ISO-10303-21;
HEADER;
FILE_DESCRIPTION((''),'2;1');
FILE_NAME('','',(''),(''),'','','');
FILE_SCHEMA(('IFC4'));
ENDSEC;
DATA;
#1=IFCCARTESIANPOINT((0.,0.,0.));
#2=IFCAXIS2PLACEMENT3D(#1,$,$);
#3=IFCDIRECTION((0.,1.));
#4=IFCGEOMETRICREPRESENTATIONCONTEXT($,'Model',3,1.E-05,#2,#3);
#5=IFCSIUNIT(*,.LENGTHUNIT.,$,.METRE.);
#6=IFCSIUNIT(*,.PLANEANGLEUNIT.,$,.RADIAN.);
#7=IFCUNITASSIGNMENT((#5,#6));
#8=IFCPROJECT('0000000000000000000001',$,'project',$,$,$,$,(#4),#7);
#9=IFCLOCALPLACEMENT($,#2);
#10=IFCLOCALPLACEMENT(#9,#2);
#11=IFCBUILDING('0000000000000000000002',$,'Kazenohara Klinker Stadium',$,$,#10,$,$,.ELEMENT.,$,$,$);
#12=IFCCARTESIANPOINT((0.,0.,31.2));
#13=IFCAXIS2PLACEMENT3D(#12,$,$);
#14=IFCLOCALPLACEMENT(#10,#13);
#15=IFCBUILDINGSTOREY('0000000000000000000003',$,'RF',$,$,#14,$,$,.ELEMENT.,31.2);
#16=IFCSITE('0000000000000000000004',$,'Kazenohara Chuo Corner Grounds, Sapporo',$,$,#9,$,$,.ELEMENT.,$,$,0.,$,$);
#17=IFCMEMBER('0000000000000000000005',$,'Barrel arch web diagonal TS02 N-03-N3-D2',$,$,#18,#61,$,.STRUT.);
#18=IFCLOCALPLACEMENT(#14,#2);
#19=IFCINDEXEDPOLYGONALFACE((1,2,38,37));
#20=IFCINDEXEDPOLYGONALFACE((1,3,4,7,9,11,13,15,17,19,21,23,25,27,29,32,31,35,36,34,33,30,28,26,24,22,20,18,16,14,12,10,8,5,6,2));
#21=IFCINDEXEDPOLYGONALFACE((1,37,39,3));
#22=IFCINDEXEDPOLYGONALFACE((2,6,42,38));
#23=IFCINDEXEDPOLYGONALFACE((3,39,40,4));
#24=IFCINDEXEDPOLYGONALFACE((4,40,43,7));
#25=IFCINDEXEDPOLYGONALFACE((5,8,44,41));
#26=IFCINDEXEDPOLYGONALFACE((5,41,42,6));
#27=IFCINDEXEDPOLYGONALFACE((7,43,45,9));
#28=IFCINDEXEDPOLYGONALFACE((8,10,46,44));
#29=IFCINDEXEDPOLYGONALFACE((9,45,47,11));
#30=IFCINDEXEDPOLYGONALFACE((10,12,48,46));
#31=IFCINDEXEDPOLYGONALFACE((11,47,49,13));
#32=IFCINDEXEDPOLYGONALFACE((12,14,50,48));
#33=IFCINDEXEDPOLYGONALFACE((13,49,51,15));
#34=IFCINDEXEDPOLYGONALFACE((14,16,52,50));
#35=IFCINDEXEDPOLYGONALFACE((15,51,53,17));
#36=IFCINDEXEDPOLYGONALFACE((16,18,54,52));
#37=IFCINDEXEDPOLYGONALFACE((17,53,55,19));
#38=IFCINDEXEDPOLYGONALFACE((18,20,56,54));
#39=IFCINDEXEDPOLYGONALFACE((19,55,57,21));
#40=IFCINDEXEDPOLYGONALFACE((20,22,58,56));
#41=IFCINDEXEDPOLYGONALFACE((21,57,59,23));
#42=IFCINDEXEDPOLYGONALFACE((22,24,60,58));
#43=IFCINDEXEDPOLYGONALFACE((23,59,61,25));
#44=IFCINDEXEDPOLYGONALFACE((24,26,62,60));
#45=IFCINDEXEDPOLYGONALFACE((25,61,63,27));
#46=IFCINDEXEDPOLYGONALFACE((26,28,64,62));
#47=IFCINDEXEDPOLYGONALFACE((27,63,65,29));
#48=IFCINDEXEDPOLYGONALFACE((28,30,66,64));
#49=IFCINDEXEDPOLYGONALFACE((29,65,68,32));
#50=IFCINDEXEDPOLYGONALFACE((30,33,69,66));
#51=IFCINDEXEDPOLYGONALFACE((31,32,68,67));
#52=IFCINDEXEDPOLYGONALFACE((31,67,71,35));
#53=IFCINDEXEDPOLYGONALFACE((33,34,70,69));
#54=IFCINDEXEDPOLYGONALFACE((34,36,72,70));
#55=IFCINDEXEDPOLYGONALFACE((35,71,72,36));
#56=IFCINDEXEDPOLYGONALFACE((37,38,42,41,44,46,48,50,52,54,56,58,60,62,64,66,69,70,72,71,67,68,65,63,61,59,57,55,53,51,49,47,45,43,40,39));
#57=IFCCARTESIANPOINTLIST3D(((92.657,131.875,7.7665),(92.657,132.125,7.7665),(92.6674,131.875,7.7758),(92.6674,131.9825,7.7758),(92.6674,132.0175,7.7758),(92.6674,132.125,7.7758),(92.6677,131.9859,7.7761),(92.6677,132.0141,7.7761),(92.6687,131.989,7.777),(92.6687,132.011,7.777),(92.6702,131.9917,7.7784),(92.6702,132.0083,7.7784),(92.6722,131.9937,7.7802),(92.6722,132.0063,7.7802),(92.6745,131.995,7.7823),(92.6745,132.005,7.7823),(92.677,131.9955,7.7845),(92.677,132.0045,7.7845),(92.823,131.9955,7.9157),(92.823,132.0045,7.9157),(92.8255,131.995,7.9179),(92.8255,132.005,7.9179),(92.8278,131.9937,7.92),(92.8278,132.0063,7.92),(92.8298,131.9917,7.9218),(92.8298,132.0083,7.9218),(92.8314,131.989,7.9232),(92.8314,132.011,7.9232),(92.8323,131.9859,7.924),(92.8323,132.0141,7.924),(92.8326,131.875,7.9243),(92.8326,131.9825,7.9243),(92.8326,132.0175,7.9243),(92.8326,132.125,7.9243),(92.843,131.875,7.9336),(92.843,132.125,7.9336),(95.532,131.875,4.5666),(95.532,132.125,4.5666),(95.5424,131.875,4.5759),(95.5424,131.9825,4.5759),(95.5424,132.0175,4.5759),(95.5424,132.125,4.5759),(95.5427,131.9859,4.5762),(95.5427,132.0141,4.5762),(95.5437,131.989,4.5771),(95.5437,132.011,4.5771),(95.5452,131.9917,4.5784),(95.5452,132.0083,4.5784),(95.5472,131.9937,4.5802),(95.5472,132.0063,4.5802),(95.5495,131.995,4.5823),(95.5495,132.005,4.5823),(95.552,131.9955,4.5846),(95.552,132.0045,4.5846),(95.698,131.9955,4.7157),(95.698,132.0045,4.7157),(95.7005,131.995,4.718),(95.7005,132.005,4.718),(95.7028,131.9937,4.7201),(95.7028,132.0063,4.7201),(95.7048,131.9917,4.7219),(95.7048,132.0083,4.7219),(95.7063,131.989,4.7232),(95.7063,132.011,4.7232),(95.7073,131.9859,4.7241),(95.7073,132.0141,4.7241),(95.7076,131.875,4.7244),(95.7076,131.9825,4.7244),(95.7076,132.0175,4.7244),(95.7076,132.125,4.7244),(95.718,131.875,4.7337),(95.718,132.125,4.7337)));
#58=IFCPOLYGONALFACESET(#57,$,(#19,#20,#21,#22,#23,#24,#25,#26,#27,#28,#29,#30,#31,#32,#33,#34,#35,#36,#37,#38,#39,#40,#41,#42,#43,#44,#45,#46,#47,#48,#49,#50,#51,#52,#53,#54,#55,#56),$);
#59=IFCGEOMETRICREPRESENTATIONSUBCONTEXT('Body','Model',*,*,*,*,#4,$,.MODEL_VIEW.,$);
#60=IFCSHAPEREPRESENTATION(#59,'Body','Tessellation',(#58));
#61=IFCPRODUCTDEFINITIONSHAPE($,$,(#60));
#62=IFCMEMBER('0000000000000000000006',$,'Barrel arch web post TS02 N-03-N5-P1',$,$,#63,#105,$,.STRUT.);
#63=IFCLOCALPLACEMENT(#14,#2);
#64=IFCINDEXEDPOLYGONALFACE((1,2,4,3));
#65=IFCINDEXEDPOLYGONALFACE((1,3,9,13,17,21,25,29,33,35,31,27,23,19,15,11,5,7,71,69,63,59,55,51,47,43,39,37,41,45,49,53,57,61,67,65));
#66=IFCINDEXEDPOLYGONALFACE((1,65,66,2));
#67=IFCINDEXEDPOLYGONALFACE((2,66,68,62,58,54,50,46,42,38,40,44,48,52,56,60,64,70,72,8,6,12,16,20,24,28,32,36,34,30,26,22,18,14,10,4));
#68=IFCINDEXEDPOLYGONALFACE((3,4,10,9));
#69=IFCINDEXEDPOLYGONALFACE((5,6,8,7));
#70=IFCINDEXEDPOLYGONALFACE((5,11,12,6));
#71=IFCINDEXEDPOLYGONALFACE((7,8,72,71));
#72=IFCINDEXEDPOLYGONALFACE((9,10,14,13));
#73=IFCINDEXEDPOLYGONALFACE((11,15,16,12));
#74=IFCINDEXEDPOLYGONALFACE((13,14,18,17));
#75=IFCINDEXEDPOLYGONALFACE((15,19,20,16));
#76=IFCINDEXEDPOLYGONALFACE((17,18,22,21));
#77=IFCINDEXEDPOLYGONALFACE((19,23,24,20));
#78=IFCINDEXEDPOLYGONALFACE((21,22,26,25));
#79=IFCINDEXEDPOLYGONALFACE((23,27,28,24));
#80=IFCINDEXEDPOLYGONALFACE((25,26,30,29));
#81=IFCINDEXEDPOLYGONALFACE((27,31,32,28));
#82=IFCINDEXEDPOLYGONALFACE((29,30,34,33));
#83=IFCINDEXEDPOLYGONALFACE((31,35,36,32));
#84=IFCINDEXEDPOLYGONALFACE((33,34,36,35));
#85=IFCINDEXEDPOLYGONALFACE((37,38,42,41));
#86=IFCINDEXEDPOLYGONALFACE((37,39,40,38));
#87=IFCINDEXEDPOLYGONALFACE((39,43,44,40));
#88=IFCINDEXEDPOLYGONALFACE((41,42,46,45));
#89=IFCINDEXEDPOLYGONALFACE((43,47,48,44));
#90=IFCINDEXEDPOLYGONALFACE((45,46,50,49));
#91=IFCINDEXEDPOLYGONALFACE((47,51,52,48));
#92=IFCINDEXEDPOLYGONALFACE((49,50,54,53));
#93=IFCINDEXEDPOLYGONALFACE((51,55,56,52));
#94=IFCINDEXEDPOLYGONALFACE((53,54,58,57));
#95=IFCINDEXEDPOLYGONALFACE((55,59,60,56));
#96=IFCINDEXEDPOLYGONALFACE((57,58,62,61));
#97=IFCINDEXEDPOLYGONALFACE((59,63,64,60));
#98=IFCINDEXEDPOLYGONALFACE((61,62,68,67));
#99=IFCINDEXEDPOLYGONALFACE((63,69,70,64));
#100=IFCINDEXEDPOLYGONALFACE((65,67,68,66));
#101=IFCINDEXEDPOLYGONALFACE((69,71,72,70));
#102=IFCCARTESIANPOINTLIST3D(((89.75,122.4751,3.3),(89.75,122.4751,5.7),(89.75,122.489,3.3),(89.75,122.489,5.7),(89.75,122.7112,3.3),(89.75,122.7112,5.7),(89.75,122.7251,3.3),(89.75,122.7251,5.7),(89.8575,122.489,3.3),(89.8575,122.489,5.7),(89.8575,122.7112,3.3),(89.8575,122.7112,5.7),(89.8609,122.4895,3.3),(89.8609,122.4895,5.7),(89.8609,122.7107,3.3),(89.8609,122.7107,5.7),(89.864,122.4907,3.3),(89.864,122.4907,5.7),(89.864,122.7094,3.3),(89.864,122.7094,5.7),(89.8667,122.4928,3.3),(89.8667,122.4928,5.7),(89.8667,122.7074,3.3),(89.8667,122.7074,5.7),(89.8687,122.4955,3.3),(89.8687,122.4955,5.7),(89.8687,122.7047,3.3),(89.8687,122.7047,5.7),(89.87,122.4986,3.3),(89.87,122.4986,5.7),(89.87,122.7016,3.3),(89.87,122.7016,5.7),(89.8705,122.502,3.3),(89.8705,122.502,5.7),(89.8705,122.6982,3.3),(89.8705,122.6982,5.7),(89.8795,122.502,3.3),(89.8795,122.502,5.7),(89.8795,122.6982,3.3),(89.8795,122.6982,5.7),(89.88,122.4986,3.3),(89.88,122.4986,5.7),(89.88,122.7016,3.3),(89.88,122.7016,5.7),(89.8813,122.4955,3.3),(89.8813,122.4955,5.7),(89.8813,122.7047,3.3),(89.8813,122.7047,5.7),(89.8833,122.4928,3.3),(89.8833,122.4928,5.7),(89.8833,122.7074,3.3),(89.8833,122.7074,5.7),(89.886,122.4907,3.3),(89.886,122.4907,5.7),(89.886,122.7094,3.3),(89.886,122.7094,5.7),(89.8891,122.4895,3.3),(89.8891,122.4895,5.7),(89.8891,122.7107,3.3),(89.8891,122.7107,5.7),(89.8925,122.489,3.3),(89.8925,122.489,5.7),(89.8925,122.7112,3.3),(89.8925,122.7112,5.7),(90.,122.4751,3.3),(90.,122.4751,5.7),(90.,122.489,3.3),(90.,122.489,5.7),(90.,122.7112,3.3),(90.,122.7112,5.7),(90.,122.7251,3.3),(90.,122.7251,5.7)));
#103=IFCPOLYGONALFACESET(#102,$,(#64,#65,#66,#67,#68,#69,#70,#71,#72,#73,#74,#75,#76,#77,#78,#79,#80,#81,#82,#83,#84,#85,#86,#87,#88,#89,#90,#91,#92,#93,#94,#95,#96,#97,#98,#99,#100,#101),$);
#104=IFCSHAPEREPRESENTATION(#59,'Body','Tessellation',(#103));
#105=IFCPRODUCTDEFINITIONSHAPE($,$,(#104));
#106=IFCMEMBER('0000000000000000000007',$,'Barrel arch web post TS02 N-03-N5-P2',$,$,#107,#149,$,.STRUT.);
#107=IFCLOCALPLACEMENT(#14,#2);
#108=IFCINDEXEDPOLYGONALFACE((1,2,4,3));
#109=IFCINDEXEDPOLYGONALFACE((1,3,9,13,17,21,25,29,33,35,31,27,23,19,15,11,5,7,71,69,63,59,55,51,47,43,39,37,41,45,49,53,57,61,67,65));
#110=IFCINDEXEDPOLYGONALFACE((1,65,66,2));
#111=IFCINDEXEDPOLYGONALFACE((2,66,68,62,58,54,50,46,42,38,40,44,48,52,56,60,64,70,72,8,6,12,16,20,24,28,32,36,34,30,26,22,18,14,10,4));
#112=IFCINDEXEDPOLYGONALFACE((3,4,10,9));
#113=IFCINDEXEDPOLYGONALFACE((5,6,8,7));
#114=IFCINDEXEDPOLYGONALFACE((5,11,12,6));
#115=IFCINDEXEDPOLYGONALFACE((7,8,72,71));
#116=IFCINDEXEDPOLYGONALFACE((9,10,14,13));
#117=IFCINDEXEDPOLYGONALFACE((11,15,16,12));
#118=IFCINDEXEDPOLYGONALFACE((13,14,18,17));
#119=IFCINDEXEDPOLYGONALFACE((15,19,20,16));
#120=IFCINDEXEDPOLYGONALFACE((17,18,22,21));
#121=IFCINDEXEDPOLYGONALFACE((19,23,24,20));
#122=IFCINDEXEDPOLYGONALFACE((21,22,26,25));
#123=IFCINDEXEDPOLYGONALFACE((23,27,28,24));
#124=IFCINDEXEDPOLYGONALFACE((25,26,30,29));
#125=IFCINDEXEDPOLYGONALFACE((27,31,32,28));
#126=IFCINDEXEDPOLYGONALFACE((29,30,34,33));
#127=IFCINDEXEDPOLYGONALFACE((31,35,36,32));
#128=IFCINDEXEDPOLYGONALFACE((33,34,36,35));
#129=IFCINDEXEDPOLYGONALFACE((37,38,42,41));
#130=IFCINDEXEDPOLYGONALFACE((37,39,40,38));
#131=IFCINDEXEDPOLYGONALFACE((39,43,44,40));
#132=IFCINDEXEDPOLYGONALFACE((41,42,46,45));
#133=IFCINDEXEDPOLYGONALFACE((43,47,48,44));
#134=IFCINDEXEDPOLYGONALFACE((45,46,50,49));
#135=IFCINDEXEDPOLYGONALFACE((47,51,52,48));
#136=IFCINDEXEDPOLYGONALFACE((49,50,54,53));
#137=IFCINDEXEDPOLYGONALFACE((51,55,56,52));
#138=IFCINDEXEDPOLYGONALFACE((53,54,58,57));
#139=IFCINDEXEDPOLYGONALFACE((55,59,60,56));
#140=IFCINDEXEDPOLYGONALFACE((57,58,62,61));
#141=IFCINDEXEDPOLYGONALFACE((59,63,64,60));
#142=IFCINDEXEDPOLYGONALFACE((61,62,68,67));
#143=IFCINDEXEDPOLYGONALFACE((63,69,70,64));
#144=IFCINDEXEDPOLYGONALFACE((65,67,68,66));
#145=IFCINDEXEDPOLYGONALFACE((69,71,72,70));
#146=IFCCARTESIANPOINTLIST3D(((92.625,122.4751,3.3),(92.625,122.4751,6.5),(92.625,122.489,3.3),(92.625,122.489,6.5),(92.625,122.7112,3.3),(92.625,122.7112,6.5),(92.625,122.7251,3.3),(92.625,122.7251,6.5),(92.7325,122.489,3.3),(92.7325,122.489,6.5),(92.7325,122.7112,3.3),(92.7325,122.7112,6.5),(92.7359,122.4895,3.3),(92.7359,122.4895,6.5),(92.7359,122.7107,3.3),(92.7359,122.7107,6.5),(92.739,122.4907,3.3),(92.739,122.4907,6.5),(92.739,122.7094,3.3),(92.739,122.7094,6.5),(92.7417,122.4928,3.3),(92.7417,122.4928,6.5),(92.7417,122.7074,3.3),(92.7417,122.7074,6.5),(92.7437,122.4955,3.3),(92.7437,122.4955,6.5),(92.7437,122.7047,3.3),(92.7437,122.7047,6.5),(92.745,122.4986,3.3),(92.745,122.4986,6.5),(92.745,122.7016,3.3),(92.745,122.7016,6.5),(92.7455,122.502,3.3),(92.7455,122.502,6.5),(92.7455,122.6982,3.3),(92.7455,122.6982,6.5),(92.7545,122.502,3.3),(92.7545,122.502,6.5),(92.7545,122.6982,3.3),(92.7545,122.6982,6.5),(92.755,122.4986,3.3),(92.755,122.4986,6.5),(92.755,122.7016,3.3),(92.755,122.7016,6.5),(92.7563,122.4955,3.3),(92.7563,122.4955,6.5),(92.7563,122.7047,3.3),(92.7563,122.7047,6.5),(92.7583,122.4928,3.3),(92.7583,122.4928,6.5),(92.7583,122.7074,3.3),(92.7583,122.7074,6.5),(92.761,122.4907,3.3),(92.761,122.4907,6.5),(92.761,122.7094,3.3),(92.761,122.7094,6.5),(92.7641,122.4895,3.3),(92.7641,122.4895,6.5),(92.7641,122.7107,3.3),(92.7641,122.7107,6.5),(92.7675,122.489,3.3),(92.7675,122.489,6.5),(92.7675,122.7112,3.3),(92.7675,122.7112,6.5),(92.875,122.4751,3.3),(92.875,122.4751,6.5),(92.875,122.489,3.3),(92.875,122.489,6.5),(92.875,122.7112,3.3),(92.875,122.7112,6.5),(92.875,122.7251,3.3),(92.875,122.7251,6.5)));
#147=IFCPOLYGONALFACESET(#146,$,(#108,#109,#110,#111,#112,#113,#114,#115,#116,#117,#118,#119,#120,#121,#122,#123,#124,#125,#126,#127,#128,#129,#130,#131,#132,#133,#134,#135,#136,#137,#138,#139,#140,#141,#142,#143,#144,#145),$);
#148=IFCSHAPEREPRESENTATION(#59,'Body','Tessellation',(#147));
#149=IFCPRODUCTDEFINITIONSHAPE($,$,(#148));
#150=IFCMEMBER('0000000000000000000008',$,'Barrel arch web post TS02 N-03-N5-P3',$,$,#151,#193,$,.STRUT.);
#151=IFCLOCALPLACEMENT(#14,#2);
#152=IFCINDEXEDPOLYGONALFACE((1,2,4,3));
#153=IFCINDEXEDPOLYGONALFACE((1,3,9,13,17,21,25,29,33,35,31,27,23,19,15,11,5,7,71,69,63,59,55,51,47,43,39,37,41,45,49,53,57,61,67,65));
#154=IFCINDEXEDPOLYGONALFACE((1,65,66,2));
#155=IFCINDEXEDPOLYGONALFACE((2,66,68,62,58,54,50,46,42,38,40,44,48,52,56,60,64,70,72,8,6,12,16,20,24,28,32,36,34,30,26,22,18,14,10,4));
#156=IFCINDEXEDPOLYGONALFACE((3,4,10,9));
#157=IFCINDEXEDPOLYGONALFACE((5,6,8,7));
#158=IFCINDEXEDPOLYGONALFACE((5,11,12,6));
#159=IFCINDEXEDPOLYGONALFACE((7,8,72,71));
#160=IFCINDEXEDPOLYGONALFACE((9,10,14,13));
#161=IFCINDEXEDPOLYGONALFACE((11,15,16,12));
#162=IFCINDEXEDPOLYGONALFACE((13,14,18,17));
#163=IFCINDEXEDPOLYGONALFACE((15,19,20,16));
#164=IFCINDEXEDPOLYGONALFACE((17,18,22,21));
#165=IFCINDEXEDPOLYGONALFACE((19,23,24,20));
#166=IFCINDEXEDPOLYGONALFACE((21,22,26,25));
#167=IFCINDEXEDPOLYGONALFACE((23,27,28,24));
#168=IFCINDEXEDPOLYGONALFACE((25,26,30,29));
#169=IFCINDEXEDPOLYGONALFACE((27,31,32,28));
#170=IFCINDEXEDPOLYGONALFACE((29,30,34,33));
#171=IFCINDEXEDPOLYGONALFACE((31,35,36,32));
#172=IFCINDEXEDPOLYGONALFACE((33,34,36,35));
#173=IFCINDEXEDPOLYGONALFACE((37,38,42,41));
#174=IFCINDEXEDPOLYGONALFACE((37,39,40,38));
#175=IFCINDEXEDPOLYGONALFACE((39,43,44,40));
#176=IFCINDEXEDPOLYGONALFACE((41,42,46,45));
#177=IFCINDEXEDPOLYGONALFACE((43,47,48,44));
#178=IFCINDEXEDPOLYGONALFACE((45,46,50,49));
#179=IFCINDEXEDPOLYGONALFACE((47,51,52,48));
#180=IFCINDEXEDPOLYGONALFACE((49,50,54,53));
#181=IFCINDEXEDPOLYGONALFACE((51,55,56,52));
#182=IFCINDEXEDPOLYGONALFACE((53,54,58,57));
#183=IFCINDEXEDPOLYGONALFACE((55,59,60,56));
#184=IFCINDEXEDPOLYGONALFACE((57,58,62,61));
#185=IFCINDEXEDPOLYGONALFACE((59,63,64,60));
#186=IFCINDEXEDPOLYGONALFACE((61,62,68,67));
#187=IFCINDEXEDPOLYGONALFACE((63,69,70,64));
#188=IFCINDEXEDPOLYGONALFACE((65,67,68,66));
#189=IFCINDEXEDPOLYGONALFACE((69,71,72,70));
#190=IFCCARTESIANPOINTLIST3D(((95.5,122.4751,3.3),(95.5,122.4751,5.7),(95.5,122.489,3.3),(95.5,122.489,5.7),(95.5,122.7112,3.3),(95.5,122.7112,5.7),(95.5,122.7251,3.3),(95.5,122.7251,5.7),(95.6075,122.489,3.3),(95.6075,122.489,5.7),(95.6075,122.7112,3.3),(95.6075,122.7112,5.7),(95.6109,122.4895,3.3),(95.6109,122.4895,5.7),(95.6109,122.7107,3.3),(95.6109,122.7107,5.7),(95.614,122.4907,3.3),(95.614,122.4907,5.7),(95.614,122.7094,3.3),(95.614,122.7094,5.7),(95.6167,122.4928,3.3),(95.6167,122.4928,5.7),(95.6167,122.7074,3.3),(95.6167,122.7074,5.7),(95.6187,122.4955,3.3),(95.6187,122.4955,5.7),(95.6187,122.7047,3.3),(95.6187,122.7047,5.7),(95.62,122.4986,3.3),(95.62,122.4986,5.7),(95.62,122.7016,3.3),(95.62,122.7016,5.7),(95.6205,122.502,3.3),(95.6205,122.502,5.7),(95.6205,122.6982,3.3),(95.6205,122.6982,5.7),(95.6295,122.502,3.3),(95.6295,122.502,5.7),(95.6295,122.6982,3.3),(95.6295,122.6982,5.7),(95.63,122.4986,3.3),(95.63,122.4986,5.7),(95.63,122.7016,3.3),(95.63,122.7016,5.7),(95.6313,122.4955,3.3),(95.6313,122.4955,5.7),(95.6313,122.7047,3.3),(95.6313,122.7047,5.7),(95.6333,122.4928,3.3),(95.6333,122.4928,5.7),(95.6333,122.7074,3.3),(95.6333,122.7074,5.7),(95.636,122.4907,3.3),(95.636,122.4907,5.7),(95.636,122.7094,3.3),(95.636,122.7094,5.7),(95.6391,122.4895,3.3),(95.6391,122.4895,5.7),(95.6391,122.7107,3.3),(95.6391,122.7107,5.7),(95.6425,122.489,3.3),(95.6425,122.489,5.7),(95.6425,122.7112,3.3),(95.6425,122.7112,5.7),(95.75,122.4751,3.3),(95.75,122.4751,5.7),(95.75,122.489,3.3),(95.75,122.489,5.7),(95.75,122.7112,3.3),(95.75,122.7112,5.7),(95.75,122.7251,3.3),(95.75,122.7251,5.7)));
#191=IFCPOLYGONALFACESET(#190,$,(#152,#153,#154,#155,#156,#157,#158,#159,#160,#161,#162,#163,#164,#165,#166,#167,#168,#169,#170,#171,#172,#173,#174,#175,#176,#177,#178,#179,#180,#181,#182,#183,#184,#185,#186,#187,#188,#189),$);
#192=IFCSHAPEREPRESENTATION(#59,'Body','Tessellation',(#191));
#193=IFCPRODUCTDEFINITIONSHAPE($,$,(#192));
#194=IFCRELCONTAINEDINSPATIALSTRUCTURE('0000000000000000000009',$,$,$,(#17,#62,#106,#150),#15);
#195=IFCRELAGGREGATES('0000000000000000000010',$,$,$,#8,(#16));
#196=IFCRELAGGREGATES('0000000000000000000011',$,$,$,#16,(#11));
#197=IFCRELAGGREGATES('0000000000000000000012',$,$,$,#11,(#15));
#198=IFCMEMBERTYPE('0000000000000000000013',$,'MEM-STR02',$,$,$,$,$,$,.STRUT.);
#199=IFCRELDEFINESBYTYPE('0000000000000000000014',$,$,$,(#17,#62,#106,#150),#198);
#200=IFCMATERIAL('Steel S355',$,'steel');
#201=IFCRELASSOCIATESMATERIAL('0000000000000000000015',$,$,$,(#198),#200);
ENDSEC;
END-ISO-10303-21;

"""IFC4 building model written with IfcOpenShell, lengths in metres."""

from ifc_helpers import new_model, si_unit, direction, frame, origin, origin_2d, place, context, subcontext, project, spatial, i_section, extrude, material, material_profile, profile_set, type_object, element, save


model = new_model("IFC4")

# Units and contexts
model_context = context("Model", 3, precision=1e-05, world=origin(), true_north=direction((0.0, 1.0)))
body_context = subcontext(model_context, "Body", "Model", "MODEL_VIEW")
ifc_project = project(units=[si_unit("LENGTHUNIT", "METRE"), si_unit("PLANEANGLEUNIT", "RADIAN")], contexts=[model_context])

# Site, building, storey
site_placement = place(None, origin())
site = spatial("IfcSite", under=ifc_project, at=site_placement, Name="Kazenohara Chuo Corner Grounds, Sapporo", CompositionType="ELEMENT", RefElevation=0.0)
building_placement = place(site_placement, origin())
building = spatial("IfcBuilding", under=site, at=building_placement, Name="Kazenohara Klinker Stadium", CompositionType="ELEMENT")
storey_placement = place(building_placement, frame((0.0, 0.0, 31.2)))
storey = spatial("IfcBuildingStorey", under=building, at=storey_placement, Name="RF", CompositionType="ELEMENT", Elevation=31.2)

# Members
ifc_material_1 = material(Name="Steel S355", Category="steel")
ifc_material_profile_1 = material_profile(ifc_material_1, i_section(OverallWidth=0.25, OverallDepth=0.25, WebThickness=0.009, FlangeThickness=0.0139, FilletRadius=0.0129, at=origin_2d()), Name="H-250x250x9x14")
ifc_profile_set_1 = profile_set([ifc_material_profile_1], Name="Steel S355")
member_type_1 = type_object("IfcMemberType", Name="MEM-STR02", PredefinedType="STRUT", material=ifc_profile_set_1)
for number, where, z_axis, x_axis, name in (
    (1, (95.625, 132.0, 4.6501), (-0.668328, 0.0, 0.743867), (0.0, -1.0, 0.0), "Barrel arch web diagonal TS02 N-03-N3-D2"),
):
    element("IfcMember", number, at=place(storey_placement, frame(where, z_axis=z_axis, x_axis=x_axis)), inside=storey, type_object=member_type_1, Name=name, PredefinedType="STRUT", context=body_context, shape_type="SweptSolid", body=[
        extrude(i_section(OverallWidth=0.25, OverallDepth=0.25, WebThickness=0.009, FlangeThickness=0.0139, FilletRadius=0.0129, at=origin_2d()), origin(), (0.0, 0.0, 1.0), 4.3018),
    ])
member_1_placement = place(storey_placement, frame((89.875, 122.6001, 3.3), z_axis=(0.0, 0.0, 1.0), x_axis=(1.0, 0.0, 0.0)))
element("IfcMember", 2, at=member_1_placement, inside=storey, type_object=member_type_1, Name="Barrel arch web post TS02 N-03-N5-P1", PredefinedType="STRUT", context=body_context, shape_type="SweptSolid", body=[
    extrude(i_section(OverallWidth=0.25, OverallDepth=0.25, WebThickness=0.009, FlangeThickness=0.0139, FilletRadius=0.0129, at=origin_2d()), origin(), (0.0, 0.0, 1.0), 2.3999),
])
member_2_placement = place(storey_placement, frame((92.75, 122.6001, 3.3), z_axis=(0.0, 0.0, 1.0), x_axis=(1.0, 0.0, 0.0)))
element("IfcMember", 3, at=member_2_placement, inside=storey, type_object=member_type_1, Name="Barrel arch web post TS02 N-03-N5-P2", PredefinedType="STRUT", context=body_context, shape_type="SweptSolid", body=[
    extrude(i_section(OverallWidth=0.25, OverallDepth=0.25, WebThickness=0.009, FlangeThickness=0.0139, FilletRadius=0.0129, at=origin_2d()), origin(), (0.0, 0.0, 1.0), 3.2),
])
member_3_placement = place(storey_placement, frame((95.625, 122.6001, 3.3), z_axis=(0.0, 0.0, 1.0), x_axis=(1.0, 0.0, 0.0)))
element("IfcMember", 4, at=member_3_placement, inside=storey, type_object=member_type_1, Name="Barrel arch web post TS02 N-03-N5-P3", PredefinedType="STRUT", context=body_context, shape_type="SweptSolid", body=[
    extrude(i_section(OverallWidth=0.25, OverallDepth=0.25, WebThickness=0.009, FlangeThickness=0.0139, FilletRadius=0.0129, at=origin_2d()), origin(), (0.0, 0.0, 1.0), 2.3999),
])

save(model, "model.ifc")
